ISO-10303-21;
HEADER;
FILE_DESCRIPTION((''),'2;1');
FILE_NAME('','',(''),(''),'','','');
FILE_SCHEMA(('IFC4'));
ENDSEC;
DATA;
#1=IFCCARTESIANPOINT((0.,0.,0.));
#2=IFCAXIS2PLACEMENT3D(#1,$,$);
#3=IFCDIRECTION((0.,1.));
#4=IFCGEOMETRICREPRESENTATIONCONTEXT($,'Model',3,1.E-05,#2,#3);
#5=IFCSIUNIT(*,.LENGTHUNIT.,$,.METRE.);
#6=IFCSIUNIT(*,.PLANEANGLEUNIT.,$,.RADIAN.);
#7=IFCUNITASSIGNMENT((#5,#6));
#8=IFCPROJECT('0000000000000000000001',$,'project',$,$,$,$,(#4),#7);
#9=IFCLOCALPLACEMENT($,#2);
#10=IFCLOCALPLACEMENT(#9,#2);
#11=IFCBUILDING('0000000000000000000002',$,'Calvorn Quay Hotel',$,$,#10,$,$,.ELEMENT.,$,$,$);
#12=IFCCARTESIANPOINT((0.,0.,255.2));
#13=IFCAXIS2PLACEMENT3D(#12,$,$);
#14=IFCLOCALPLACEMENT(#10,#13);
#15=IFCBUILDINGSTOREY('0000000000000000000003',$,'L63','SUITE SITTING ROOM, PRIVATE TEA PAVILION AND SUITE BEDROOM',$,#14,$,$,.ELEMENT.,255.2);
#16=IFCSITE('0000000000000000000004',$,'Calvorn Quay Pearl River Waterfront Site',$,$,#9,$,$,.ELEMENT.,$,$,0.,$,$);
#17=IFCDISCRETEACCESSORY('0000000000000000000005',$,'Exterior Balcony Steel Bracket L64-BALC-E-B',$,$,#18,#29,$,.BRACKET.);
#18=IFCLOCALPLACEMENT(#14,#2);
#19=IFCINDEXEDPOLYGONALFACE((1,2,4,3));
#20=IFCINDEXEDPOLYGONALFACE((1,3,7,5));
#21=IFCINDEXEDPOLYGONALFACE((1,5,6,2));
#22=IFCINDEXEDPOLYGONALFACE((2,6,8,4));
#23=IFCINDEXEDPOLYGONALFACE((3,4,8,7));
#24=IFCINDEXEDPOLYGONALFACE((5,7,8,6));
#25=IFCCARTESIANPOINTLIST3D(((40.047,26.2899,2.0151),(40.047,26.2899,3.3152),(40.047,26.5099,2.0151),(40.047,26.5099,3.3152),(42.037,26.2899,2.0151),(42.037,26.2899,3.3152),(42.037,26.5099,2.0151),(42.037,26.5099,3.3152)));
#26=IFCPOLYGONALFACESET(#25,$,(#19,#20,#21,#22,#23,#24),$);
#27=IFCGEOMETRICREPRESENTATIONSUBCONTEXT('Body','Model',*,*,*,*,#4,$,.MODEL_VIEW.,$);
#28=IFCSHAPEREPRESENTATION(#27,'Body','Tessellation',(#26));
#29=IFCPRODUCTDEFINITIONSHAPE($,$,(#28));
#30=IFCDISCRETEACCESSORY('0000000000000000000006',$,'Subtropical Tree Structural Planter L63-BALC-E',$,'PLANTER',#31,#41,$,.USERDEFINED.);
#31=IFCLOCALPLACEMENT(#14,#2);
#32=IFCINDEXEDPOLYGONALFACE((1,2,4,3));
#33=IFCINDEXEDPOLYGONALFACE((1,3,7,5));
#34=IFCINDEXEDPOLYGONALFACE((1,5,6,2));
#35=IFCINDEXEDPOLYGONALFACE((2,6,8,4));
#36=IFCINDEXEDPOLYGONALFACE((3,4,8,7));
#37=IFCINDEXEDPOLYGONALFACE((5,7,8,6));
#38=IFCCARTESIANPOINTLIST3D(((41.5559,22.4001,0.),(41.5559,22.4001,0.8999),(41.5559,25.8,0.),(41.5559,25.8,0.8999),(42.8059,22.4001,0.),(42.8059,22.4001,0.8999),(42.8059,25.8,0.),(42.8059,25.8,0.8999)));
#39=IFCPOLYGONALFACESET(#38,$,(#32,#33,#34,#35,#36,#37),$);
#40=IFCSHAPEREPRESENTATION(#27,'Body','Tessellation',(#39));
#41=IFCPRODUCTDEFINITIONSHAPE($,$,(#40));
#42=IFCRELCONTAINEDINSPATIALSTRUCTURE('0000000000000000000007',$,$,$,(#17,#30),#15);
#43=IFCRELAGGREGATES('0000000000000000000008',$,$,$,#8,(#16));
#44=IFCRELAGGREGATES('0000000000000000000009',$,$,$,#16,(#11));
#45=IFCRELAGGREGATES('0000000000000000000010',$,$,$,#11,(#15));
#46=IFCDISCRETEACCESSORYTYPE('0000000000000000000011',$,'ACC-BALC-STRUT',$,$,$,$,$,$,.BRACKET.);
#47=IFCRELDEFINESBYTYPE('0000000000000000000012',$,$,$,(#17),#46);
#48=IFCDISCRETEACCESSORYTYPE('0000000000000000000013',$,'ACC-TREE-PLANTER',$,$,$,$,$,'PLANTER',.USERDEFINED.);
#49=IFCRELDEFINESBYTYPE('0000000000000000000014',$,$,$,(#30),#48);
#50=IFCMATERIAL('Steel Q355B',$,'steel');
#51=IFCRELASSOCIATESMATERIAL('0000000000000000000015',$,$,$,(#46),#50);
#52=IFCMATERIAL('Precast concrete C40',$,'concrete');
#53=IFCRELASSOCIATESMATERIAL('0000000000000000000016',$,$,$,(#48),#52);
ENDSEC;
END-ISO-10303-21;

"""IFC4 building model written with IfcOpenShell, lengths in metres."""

from ifc_helpers import new_model, si_unit, direction, frame, origin, origin_2d, place, context, subcontext, project, spatial, rectangle, extrude, material, type_object, element, save


model = new_model("IFC4")

# Units and contexts
model_context = context("Model", 3, precision=1e-05, world=origin(), true_north=direction((0.0, 1.0)))
body_context = subcontext(model_context, "Body", "Model", "MODEL_VIEW")
ifc_project = project(units=[si_unit("LENGTHUNIT", "METRE"), si_unit("PLANEANGLEUNIT", "RADIAN")], contexts=[model_context])

# Site, building, storey
site_placement = place(None, origin())
site = spatial("IfcSite", under=ifc_project, at=site_placement, Name="Calvorn Quay Pearl River Waterfront Site", CompositionType="ELEMENT", RefElevation=0.0)
building_placement = place(site_placement, origin())
building = spatial("IfcBuilding", under=site, at=building_placement, Name="Calvorn Quay Hotel", CompositionType="ELEMENT")
storey_placement = place(building_placement, frame((0.0, 0.0, 255.2)))
storey = spatial("IfcBuildingStorey", under=building, at=storey_placement, Name="L63", Description="SUITE SITTING ROOM, PRIVATE TEA PAVILION AND SUITE BEDROOM", CompositionType="ELEMENT", Elevation=255.2)

# Discrete accessories
ifc_material_1 = material(Name="Steel Q355B", Category="steel")
discrete_accessory_type_1 = type_object("IfcDiscreteAccessoryType", Name="ACC-BALC-STRUT", PredefinedType="BRACKET", material=ifc_material_1)
for number, where, z_axis, x_axis, name in (
    (1, (41.042, 26.3999, 2.0151), (0.0, 0.0, 1.0), (1.0, 0.0, 0.0), "Exterior Balcony Steel Bracket L64-BALC-E-B"),
):
    element("IfcDiscreteAccessory", number, at=place(storey_placement, frame(where, z_axis=z_axis, x_axis=x_axis)), inside=storey, type_object=discrete_accessory_type_1, Name=name, PredefinedType="BRACKET", context=body_context, shape_type="SweptSolid", body=[
        extrude(rectangle(XDim=1.99, YDim=0.22, at=origin_2d()), origin(), (0.0, 0.0, 1.0), 1.3),
    ])
ifc_material_2 = material(Name="Precast concrete C40", Category="concrete")
discrete_accessory_type_2 = type_object("IfcDiscreteAccessoryType", Name="ACC-TREE-PLANTER", ElementType="PLANTER", PredefinedType="USERDEFINED", material=ifc_material_2)
discrete_accessory_placement = place(storey_placement, frame((42.1809, 24.1001, 0.0), z_axis=(0.0, 0.0, 1.0), x_axis=(1.0, 0.0, 0.0)))
element("IfcDiscreteAccessory", 2, at=discrete_accessory_placement, inside=storey, type_object=discrete_accessory_type_2, Name="Subtropical Tree Structural Planter L63-BALC-E", ObjectType="PLANTER", PredefinedType="USERDEFINED", context=body_context, shape_type="SweptSolid", body=[
    extrude(rectangle(XDim=1.25, YDim=3.3999, at=origin_2d()), origin(), (0.0, 0.0, 1.0), 0.8999),
])

save(model, "model.ifc")
